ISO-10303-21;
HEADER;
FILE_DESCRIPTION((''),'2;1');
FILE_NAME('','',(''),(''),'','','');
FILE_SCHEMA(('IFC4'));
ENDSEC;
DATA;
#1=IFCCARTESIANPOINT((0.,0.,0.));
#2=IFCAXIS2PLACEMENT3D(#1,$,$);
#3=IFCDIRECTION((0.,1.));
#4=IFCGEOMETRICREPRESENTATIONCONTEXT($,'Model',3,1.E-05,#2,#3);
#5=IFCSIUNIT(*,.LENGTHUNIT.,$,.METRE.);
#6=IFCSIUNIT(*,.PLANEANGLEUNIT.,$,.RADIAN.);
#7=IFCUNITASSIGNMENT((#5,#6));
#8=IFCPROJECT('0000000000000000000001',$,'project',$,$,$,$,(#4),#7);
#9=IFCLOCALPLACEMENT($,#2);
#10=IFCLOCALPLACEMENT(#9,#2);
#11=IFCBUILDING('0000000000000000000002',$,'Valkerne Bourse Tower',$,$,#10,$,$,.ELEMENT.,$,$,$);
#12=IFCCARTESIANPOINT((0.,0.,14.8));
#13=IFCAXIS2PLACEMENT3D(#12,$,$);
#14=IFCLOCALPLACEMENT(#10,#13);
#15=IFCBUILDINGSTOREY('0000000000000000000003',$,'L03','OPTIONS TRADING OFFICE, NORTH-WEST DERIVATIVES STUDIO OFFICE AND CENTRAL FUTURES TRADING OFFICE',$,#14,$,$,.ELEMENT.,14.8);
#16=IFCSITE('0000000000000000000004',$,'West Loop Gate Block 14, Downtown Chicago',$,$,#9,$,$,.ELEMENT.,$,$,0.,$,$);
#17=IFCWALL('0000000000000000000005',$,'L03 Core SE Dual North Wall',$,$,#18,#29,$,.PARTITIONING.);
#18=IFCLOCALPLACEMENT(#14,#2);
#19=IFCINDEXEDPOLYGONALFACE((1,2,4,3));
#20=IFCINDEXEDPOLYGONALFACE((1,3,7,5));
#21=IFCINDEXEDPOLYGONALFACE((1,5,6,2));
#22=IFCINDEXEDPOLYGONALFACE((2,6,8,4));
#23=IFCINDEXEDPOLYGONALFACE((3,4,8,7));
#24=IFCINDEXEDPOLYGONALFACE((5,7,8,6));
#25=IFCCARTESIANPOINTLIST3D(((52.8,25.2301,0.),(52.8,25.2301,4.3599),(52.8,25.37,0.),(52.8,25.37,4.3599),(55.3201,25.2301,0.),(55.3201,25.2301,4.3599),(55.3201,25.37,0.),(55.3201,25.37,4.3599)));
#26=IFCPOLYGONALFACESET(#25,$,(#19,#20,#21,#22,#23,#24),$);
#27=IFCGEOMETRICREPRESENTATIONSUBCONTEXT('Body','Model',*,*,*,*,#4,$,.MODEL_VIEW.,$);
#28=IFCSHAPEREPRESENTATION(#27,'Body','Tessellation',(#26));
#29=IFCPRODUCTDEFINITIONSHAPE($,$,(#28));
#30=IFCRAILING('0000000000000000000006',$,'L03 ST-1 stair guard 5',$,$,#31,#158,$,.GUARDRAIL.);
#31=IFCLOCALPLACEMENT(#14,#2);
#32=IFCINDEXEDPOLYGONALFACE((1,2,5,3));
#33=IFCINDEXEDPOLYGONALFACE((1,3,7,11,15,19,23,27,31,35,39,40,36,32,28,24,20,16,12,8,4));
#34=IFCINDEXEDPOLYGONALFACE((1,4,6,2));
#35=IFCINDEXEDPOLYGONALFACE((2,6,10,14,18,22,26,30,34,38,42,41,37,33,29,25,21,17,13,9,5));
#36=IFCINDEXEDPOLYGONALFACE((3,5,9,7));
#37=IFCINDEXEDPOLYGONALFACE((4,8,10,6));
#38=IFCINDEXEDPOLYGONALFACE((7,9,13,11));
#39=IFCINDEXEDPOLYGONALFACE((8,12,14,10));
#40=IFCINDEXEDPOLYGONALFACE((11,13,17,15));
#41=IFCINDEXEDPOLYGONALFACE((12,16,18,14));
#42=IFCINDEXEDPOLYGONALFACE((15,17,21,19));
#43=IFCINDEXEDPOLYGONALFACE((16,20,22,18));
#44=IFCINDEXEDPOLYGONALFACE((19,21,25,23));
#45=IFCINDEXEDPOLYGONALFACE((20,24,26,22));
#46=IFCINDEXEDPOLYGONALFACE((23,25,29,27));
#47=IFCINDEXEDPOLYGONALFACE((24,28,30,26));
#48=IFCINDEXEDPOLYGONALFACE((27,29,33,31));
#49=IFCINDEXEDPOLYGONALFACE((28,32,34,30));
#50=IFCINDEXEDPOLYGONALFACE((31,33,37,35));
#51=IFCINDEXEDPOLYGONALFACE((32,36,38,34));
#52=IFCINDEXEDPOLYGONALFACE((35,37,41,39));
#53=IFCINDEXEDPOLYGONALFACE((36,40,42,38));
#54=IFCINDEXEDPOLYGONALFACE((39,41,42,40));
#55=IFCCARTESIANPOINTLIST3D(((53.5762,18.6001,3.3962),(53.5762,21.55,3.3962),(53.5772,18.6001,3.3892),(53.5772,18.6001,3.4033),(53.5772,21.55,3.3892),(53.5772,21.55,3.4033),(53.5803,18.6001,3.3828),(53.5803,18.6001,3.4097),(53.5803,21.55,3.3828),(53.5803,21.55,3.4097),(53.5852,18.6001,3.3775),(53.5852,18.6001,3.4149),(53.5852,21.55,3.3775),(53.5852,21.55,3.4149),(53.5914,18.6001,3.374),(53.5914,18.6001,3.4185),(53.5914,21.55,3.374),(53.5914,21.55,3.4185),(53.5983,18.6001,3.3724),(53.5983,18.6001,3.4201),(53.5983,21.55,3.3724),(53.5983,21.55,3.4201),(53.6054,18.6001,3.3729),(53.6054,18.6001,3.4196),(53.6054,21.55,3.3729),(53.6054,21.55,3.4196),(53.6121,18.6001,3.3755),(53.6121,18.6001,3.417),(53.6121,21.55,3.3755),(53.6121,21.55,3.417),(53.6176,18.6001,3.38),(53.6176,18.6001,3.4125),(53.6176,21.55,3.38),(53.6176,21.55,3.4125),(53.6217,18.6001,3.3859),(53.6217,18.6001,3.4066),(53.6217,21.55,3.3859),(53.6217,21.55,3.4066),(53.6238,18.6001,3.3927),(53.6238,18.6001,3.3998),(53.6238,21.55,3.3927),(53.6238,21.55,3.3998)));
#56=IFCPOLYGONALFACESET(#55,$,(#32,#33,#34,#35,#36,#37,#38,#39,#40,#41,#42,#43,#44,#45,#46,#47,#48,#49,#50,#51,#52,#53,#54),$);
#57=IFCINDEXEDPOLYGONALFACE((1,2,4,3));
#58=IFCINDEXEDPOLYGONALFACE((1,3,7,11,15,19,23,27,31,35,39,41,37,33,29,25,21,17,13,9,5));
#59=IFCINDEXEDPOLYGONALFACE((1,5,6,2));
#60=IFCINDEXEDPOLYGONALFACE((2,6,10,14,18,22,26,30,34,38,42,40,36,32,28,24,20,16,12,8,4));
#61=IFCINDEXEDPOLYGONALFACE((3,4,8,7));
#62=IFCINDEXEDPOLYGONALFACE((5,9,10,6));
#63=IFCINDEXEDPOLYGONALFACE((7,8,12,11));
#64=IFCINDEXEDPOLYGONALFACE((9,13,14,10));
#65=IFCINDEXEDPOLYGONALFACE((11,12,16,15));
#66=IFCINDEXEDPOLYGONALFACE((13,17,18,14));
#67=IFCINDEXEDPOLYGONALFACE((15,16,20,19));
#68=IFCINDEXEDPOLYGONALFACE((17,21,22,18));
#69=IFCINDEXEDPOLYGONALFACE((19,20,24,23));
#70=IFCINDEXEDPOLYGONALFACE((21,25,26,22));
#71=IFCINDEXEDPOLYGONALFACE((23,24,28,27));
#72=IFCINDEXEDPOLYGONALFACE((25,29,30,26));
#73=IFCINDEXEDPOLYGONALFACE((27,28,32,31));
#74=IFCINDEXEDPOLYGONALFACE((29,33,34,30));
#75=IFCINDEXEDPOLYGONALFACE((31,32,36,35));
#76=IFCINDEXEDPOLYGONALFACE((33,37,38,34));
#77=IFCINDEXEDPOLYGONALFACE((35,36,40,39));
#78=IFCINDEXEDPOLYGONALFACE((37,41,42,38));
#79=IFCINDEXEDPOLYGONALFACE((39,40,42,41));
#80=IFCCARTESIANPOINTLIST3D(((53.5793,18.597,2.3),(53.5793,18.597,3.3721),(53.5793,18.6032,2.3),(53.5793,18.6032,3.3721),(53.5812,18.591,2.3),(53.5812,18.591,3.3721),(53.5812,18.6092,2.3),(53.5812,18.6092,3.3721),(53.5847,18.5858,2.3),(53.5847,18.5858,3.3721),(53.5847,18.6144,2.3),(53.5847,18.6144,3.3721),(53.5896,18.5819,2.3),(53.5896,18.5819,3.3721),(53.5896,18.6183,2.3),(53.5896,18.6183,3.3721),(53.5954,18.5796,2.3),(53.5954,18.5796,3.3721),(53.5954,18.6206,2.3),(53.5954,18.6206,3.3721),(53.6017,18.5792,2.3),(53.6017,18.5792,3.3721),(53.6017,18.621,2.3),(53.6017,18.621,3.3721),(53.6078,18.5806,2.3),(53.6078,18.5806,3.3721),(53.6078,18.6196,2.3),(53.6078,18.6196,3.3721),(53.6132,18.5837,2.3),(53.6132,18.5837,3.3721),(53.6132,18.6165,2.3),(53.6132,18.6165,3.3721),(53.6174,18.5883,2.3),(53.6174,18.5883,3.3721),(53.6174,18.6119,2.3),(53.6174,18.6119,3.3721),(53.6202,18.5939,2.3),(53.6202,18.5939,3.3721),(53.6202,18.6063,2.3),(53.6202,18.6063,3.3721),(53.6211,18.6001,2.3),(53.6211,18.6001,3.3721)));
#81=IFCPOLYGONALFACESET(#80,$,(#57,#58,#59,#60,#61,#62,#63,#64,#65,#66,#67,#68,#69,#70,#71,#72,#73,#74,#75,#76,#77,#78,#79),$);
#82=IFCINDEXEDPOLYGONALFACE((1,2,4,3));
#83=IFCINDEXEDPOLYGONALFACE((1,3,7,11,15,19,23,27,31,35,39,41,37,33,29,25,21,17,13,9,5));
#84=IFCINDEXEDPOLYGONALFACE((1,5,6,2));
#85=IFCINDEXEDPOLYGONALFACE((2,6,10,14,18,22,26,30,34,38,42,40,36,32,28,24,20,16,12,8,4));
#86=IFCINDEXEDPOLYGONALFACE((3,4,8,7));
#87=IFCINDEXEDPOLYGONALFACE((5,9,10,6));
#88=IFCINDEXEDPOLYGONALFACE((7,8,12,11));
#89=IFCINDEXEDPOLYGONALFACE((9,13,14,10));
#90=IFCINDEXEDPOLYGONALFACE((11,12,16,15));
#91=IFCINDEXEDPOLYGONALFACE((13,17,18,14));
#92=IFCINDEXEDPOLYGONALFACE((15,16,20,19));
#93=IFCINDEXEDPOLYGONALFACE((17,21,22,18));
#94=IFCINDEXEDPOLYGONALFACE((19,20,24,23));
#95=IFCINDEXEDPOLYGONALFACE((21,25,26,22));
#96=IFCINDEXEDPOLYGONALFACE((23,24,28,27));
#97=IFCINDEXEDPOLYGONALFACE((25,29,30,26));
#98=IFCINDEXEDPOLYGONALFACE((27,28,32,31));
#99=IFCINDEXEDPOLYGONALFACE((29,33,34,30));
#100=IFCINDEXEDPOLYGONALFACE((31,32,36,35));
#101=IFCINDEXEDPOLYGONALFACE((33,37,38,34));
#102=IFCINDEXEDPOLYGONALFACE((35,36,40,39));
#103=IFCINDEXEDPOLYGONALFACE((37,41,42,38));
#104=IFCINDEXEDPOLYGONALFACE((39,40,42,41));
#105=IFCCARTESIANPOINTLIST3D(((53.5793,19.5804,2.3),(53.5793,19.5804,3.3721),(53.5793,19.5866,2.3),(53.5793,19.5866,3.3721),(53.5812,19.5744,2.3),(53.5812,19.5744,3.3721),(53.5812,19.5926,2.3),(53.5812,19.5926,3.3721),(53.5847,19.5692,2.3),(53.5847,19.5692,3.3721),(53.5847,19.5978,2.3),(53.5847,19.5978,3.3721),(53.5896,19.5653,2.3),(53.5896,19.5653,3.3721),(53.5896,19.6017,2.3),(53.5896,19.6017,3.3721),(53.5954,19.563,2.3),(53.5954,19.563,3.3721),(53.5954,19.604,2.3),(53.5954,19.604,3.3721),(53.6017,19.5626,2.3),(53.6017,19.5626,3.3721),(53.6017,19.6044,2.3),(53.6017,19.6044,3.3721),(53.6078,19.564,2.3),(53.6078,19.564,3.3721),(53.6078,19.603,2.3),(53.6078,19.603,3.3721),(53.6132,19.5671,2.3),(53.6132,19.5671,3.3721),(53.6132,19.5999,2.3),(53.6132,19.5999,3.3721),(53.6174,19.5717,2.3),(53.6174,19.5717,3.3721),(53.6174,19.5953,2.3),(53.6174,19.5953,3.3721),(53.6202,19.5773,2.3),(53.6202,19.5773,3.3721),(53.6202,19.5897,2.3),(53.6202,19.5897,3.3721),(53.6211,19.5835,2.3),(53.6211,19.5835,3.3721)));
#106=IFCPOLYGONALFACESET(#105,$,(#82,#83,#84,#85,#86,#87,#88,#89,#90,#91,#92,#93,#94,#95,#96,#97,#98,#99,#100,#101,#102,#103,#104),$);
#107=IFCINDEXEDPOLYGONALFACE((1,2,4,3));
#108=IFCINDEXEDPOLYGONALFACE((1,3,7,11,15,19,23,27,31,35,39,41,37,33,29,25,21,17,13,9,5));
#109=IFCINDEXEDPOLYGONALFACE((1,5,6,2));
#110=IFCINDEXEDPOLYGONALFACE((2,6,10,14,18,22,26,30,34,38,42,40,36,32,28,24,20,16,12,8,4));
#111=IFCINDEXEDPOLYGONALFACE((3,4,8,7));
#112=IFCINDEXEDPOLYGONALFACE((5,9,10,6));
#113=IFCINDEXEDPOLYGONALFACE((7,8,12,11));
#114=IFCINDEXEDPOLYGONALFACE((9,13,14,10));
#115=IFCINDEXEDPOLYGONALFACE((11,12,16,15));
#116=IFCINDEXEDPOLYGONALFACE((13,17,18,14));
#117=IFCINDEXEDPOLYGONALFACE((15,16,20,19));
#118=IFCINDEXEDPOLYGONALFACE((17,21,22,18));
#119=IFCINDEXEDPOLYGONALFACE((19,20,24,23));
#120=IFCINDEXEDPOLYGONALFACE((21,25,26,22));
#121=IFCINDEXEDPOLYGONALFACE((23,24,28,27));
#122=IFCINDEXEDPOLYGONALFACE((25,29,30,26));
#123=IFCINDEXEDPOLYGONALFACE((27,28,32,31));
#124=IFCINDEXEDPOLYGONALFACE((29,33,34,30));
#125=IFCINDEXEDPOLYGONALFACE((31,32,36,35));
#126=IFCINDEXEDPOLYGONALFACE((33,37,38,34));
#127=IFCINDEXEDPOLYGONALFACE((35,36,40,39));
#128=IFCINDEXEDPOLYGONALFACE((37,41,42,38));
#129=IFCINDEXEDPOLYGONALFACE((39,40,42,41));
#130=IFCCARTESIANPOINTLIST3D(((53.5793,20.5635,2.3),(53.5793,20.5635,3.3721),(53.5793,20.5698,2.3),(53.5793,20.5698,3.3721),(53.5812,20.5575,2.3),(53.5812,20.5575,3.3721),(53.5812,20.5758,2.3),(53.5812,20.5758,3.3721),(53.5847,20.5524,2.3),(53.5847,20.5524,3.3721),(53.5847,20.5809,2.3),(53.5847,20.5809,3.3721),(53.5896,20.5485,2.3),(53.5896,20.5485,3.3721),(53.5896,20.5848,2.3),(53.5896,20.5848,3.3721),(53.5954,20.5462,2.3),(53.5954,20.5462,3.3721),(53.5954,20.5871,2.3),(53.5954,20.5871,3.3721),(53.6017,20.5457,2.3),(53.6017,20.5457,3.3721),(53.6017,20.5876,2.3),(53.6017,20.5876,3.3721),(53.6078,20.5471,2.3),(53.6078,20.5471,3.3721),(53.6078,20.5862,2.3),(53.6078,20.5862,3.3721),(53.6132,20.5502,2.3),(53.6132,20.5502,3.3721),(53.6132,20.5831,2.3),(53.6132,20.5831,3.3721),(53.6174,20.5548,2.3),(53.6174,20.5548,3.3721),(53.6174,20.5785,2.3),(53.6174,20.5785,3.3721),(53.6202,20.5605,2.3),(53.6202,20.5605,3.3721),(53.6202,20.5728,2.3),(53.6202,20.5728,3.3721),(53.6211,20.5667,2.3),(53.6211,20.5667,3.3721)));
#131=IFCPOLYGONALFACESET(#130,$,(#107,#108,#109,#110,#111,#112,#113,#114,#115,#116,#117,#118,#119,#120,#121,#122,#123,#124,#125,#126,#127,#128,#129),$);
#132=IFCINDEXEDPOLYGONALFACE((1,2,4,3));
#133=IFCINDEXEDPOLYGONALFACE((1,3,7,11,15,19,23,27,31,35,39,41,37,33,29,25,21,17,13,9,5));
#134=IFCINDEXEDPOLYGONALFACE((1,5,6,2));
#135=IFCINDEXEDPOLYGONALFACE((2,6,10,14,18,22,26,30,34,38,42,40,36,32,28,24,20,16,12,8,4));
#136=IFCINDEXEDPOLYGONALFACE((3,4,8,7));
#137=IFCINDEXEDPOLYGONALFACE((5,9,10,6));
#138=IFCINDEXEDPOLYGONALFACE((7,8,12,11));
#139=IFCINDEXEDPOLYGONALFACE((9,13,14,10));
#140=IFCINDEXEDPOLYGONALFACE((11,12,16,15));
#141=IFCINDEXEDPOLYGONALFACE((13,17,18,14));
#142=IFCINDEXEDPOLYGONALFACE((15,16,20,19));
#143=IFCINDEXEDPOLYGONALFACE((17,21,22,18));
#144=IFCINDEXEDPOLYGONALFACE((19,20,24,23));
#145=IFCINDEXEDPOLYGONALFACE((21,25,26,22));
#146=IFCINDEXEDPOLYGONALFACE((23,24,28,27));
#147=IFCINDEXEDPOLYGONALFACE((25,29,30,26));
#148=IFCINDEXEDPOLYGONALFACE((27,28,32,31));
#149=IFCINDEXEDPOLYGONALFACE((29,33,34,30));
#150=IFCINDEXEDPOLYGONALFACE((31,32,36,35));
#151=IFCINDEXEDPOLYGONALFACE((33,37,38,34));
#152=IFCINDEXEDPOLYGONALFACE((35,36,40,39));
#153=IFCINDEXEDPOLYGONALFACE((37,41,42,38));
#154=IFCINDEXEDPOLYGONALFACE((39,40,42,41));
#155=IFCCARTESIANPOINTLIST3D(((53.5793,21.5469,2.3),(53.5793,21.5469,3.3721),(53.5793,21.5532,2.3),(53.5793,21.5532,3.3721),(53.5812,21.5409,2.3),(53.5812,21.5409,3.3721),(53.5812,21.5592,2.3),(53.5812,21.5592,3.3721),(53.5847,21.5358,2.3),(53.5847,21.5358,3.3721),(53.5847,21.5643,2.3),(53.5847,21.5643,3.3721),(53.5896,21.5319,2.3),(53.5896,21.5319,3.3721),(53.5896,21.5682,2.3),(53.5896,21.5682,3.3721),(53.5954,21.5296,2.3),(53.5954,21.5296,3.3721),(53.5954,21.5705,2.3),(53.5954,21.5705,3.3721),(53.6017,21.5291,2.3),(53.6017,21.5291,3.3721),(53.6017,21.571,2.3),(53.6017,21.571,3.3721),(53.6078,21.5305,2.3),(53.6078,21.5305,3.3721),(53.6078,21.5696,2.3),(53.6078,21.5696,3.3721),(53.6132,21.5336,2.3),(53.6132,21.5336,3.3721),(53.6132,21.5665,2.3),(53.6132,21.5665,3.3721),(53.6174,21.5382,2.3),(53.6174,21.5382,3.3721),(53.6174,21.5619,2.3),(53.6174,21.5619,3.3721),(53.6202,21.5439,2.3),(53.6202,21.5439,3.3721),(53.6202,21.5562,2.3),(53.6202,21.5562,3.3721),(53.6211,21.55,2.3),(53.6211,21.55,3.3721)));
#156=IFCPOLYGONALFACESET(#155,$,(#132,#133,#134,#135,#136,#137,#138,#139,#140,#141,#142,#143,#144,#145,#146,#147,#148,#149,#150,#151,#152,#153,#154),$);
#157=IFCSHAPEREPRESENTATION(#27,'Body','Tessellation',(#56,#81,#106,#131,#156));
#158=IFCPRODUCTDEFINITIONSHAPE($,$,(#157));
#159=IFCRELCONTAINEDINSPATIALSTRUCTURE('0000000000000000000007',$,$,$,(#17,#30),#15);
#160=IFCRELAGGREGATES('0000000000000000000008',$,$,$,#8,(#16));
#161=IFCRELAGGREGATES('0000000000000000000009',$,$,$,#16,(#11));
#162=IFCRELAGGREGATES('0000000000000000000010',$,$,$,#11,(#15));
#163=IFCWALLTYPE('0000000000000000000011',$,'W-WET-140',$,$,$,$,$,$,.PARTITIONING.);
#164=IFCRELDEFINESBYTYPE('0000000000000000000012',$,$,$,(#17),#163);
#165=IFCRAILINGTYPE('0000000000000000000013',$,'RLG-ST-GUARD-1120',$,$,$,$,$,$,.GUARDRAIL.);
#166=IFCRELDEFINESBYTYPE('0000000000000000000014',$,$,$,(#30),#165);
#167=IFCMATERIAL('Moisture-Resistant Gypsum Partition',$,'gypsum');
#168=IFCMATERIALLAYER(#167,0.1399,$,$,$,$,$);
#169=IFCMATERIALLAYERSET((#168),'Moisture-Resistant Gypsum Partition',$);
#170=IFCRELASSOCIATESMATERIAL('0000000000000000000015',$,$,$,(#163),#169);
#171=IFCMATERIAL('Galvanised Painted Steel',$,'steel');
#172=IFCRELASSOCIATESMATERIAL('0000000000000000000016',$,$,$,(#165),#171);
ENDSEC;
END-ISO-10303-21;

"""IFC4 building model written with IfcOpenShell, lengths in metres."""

from ifc_helpers import new_model, si_unit, direction, frame, frame_2d, origin, origin_2d, place, context, subcontext, project, spatial, rectangle, circle, extrude, material, layer, layer_set, type_object, element, save


model = new_model("IFC4")

# Units and contexts
model_context = context("Model", 3, precision=1e-05, world=origin(), true_north=direction((0.0, 1.0)))
body_context = subcontext(model_context, "Body", "Model", "MODEL_VIEW")
ifc_project = project(units=[si_unit("LENGTHUNIT", "METRE"), si_unit("PLANEANGLEUNIT", "RADIAN")], contexts=[model_context])

# Site, building, storey
site_placement = place(None, origin())
site = spatial("IfcSite", under=ifc_project, at=site_placement, Name="West Loop Gate Block 14, Downtown Chicago", CompositionType="ELEMENT", RefElevation=0.0)
building_placement = place(site_placement, origin())
building = spatial("IfcBuilding", under=site, at=building_placement, Name="Valkerne Bourse Tower", CompositionType="ELEMENT")
storey_placement = place(building_placement, frame((0.0, 0.0, 14.8)))
storey = spatial("IfcBuildingStorey", under=building, at=storey_placement, Name="L03", Description="OPTIONS TRADING OFFICE, NORTH-WEST DERIVATIVES STUDIO OFFICE AND CENTRAL FUTURES TRADING OFFICE", CompositionType="ELEMENT", Elevation=14.8)

# Shared definitions
ifc_material_1 = material(Name="Galvanised Painted Steel", Category="steel")

# Wall
ifc_material_2 = material(Name="Moisture-Resistant Gypsum Partition", Category="gypsum")
ifc_layer_1 = layer(ifc_material_2, 0.1399)
ifc_layer_set_1 = layer_set([ifc_layer_1], Name="Moisture-Resistant Gypsum Partition")
wall_type_1 = type_object("IfcWallType", Name="W-WET-140", PredefinedType="PARTITIONING", material=ifc_layer_set_1)
wall_1_placement = place(storey_placement, frame((52.8, 25.3, 0.0), z_axis=(0.0, 0.0, 1.0), x_axis=(1.0, 0.0, 0.0)))
element("IfcWall", 1, at=wall_1_placement, inside=storey, type_object=wall_type_1, Name="L03 Core SE Dual North Wall", PredefinedType="PARTITIONING", context=body_context, shape_type="SweptSolid", body=[
    extrude(rectangle(XDim=2.52, YDim=0.1399, at=frame_2d((1.26, 0.0))), origin(), (0.0, 0.0, 1.0), 4.3599),
])

# Railing
railing_type = type_object("IfcRailingType", Name="RLG-ST-GUARD-1120", PredefinedType="GUARDRAIL", material=ifc_material_1)
railing_1_placement = place(storey_placement, frame((53.6001, 18.6001, 2.3)))
element("IfcRailing", 2, at=railing_1_placement, inside=storey, type_object=railing_type, Name="L03 ST-1 stair guard 5", PredefinedType="GUARDRAIL", context=body_context, shape_type="SweptSolid", body=[
    extrude(circle(Radius=0.0239, at=origin_2d()), frame((0.0, 0.0, 1.0962), z_axis=(0.0, 1.0, 0.0), x_axis=(-1.0, 0.0, 0.0)), (0.0, 0.0, 1.0), 2.95),
    extrude(circle(Radius=0.021, at=origin_2d()), origin(), (0.0, 0.0, 1.0), 1.072),
    extrude(circle(Radius=0.021, at=origin_2d()), frame((0.0, 0.9834, 0.0)), (0.0, 0.0, 1.0), 1.072),
    extrude(circle(Radius=0.021, at=origin_2d()), frame((0.0, 1.9666, 0.0)), (0.0, 0.0, 1.0), 1.072),
    extrude(circle(Radius=0.021, at=origin_2d()), frame((0.0, 2.95, 0.0)), (0.0, 0.0, 1.0), 1.072),
])

save(model, "model.ifc")
